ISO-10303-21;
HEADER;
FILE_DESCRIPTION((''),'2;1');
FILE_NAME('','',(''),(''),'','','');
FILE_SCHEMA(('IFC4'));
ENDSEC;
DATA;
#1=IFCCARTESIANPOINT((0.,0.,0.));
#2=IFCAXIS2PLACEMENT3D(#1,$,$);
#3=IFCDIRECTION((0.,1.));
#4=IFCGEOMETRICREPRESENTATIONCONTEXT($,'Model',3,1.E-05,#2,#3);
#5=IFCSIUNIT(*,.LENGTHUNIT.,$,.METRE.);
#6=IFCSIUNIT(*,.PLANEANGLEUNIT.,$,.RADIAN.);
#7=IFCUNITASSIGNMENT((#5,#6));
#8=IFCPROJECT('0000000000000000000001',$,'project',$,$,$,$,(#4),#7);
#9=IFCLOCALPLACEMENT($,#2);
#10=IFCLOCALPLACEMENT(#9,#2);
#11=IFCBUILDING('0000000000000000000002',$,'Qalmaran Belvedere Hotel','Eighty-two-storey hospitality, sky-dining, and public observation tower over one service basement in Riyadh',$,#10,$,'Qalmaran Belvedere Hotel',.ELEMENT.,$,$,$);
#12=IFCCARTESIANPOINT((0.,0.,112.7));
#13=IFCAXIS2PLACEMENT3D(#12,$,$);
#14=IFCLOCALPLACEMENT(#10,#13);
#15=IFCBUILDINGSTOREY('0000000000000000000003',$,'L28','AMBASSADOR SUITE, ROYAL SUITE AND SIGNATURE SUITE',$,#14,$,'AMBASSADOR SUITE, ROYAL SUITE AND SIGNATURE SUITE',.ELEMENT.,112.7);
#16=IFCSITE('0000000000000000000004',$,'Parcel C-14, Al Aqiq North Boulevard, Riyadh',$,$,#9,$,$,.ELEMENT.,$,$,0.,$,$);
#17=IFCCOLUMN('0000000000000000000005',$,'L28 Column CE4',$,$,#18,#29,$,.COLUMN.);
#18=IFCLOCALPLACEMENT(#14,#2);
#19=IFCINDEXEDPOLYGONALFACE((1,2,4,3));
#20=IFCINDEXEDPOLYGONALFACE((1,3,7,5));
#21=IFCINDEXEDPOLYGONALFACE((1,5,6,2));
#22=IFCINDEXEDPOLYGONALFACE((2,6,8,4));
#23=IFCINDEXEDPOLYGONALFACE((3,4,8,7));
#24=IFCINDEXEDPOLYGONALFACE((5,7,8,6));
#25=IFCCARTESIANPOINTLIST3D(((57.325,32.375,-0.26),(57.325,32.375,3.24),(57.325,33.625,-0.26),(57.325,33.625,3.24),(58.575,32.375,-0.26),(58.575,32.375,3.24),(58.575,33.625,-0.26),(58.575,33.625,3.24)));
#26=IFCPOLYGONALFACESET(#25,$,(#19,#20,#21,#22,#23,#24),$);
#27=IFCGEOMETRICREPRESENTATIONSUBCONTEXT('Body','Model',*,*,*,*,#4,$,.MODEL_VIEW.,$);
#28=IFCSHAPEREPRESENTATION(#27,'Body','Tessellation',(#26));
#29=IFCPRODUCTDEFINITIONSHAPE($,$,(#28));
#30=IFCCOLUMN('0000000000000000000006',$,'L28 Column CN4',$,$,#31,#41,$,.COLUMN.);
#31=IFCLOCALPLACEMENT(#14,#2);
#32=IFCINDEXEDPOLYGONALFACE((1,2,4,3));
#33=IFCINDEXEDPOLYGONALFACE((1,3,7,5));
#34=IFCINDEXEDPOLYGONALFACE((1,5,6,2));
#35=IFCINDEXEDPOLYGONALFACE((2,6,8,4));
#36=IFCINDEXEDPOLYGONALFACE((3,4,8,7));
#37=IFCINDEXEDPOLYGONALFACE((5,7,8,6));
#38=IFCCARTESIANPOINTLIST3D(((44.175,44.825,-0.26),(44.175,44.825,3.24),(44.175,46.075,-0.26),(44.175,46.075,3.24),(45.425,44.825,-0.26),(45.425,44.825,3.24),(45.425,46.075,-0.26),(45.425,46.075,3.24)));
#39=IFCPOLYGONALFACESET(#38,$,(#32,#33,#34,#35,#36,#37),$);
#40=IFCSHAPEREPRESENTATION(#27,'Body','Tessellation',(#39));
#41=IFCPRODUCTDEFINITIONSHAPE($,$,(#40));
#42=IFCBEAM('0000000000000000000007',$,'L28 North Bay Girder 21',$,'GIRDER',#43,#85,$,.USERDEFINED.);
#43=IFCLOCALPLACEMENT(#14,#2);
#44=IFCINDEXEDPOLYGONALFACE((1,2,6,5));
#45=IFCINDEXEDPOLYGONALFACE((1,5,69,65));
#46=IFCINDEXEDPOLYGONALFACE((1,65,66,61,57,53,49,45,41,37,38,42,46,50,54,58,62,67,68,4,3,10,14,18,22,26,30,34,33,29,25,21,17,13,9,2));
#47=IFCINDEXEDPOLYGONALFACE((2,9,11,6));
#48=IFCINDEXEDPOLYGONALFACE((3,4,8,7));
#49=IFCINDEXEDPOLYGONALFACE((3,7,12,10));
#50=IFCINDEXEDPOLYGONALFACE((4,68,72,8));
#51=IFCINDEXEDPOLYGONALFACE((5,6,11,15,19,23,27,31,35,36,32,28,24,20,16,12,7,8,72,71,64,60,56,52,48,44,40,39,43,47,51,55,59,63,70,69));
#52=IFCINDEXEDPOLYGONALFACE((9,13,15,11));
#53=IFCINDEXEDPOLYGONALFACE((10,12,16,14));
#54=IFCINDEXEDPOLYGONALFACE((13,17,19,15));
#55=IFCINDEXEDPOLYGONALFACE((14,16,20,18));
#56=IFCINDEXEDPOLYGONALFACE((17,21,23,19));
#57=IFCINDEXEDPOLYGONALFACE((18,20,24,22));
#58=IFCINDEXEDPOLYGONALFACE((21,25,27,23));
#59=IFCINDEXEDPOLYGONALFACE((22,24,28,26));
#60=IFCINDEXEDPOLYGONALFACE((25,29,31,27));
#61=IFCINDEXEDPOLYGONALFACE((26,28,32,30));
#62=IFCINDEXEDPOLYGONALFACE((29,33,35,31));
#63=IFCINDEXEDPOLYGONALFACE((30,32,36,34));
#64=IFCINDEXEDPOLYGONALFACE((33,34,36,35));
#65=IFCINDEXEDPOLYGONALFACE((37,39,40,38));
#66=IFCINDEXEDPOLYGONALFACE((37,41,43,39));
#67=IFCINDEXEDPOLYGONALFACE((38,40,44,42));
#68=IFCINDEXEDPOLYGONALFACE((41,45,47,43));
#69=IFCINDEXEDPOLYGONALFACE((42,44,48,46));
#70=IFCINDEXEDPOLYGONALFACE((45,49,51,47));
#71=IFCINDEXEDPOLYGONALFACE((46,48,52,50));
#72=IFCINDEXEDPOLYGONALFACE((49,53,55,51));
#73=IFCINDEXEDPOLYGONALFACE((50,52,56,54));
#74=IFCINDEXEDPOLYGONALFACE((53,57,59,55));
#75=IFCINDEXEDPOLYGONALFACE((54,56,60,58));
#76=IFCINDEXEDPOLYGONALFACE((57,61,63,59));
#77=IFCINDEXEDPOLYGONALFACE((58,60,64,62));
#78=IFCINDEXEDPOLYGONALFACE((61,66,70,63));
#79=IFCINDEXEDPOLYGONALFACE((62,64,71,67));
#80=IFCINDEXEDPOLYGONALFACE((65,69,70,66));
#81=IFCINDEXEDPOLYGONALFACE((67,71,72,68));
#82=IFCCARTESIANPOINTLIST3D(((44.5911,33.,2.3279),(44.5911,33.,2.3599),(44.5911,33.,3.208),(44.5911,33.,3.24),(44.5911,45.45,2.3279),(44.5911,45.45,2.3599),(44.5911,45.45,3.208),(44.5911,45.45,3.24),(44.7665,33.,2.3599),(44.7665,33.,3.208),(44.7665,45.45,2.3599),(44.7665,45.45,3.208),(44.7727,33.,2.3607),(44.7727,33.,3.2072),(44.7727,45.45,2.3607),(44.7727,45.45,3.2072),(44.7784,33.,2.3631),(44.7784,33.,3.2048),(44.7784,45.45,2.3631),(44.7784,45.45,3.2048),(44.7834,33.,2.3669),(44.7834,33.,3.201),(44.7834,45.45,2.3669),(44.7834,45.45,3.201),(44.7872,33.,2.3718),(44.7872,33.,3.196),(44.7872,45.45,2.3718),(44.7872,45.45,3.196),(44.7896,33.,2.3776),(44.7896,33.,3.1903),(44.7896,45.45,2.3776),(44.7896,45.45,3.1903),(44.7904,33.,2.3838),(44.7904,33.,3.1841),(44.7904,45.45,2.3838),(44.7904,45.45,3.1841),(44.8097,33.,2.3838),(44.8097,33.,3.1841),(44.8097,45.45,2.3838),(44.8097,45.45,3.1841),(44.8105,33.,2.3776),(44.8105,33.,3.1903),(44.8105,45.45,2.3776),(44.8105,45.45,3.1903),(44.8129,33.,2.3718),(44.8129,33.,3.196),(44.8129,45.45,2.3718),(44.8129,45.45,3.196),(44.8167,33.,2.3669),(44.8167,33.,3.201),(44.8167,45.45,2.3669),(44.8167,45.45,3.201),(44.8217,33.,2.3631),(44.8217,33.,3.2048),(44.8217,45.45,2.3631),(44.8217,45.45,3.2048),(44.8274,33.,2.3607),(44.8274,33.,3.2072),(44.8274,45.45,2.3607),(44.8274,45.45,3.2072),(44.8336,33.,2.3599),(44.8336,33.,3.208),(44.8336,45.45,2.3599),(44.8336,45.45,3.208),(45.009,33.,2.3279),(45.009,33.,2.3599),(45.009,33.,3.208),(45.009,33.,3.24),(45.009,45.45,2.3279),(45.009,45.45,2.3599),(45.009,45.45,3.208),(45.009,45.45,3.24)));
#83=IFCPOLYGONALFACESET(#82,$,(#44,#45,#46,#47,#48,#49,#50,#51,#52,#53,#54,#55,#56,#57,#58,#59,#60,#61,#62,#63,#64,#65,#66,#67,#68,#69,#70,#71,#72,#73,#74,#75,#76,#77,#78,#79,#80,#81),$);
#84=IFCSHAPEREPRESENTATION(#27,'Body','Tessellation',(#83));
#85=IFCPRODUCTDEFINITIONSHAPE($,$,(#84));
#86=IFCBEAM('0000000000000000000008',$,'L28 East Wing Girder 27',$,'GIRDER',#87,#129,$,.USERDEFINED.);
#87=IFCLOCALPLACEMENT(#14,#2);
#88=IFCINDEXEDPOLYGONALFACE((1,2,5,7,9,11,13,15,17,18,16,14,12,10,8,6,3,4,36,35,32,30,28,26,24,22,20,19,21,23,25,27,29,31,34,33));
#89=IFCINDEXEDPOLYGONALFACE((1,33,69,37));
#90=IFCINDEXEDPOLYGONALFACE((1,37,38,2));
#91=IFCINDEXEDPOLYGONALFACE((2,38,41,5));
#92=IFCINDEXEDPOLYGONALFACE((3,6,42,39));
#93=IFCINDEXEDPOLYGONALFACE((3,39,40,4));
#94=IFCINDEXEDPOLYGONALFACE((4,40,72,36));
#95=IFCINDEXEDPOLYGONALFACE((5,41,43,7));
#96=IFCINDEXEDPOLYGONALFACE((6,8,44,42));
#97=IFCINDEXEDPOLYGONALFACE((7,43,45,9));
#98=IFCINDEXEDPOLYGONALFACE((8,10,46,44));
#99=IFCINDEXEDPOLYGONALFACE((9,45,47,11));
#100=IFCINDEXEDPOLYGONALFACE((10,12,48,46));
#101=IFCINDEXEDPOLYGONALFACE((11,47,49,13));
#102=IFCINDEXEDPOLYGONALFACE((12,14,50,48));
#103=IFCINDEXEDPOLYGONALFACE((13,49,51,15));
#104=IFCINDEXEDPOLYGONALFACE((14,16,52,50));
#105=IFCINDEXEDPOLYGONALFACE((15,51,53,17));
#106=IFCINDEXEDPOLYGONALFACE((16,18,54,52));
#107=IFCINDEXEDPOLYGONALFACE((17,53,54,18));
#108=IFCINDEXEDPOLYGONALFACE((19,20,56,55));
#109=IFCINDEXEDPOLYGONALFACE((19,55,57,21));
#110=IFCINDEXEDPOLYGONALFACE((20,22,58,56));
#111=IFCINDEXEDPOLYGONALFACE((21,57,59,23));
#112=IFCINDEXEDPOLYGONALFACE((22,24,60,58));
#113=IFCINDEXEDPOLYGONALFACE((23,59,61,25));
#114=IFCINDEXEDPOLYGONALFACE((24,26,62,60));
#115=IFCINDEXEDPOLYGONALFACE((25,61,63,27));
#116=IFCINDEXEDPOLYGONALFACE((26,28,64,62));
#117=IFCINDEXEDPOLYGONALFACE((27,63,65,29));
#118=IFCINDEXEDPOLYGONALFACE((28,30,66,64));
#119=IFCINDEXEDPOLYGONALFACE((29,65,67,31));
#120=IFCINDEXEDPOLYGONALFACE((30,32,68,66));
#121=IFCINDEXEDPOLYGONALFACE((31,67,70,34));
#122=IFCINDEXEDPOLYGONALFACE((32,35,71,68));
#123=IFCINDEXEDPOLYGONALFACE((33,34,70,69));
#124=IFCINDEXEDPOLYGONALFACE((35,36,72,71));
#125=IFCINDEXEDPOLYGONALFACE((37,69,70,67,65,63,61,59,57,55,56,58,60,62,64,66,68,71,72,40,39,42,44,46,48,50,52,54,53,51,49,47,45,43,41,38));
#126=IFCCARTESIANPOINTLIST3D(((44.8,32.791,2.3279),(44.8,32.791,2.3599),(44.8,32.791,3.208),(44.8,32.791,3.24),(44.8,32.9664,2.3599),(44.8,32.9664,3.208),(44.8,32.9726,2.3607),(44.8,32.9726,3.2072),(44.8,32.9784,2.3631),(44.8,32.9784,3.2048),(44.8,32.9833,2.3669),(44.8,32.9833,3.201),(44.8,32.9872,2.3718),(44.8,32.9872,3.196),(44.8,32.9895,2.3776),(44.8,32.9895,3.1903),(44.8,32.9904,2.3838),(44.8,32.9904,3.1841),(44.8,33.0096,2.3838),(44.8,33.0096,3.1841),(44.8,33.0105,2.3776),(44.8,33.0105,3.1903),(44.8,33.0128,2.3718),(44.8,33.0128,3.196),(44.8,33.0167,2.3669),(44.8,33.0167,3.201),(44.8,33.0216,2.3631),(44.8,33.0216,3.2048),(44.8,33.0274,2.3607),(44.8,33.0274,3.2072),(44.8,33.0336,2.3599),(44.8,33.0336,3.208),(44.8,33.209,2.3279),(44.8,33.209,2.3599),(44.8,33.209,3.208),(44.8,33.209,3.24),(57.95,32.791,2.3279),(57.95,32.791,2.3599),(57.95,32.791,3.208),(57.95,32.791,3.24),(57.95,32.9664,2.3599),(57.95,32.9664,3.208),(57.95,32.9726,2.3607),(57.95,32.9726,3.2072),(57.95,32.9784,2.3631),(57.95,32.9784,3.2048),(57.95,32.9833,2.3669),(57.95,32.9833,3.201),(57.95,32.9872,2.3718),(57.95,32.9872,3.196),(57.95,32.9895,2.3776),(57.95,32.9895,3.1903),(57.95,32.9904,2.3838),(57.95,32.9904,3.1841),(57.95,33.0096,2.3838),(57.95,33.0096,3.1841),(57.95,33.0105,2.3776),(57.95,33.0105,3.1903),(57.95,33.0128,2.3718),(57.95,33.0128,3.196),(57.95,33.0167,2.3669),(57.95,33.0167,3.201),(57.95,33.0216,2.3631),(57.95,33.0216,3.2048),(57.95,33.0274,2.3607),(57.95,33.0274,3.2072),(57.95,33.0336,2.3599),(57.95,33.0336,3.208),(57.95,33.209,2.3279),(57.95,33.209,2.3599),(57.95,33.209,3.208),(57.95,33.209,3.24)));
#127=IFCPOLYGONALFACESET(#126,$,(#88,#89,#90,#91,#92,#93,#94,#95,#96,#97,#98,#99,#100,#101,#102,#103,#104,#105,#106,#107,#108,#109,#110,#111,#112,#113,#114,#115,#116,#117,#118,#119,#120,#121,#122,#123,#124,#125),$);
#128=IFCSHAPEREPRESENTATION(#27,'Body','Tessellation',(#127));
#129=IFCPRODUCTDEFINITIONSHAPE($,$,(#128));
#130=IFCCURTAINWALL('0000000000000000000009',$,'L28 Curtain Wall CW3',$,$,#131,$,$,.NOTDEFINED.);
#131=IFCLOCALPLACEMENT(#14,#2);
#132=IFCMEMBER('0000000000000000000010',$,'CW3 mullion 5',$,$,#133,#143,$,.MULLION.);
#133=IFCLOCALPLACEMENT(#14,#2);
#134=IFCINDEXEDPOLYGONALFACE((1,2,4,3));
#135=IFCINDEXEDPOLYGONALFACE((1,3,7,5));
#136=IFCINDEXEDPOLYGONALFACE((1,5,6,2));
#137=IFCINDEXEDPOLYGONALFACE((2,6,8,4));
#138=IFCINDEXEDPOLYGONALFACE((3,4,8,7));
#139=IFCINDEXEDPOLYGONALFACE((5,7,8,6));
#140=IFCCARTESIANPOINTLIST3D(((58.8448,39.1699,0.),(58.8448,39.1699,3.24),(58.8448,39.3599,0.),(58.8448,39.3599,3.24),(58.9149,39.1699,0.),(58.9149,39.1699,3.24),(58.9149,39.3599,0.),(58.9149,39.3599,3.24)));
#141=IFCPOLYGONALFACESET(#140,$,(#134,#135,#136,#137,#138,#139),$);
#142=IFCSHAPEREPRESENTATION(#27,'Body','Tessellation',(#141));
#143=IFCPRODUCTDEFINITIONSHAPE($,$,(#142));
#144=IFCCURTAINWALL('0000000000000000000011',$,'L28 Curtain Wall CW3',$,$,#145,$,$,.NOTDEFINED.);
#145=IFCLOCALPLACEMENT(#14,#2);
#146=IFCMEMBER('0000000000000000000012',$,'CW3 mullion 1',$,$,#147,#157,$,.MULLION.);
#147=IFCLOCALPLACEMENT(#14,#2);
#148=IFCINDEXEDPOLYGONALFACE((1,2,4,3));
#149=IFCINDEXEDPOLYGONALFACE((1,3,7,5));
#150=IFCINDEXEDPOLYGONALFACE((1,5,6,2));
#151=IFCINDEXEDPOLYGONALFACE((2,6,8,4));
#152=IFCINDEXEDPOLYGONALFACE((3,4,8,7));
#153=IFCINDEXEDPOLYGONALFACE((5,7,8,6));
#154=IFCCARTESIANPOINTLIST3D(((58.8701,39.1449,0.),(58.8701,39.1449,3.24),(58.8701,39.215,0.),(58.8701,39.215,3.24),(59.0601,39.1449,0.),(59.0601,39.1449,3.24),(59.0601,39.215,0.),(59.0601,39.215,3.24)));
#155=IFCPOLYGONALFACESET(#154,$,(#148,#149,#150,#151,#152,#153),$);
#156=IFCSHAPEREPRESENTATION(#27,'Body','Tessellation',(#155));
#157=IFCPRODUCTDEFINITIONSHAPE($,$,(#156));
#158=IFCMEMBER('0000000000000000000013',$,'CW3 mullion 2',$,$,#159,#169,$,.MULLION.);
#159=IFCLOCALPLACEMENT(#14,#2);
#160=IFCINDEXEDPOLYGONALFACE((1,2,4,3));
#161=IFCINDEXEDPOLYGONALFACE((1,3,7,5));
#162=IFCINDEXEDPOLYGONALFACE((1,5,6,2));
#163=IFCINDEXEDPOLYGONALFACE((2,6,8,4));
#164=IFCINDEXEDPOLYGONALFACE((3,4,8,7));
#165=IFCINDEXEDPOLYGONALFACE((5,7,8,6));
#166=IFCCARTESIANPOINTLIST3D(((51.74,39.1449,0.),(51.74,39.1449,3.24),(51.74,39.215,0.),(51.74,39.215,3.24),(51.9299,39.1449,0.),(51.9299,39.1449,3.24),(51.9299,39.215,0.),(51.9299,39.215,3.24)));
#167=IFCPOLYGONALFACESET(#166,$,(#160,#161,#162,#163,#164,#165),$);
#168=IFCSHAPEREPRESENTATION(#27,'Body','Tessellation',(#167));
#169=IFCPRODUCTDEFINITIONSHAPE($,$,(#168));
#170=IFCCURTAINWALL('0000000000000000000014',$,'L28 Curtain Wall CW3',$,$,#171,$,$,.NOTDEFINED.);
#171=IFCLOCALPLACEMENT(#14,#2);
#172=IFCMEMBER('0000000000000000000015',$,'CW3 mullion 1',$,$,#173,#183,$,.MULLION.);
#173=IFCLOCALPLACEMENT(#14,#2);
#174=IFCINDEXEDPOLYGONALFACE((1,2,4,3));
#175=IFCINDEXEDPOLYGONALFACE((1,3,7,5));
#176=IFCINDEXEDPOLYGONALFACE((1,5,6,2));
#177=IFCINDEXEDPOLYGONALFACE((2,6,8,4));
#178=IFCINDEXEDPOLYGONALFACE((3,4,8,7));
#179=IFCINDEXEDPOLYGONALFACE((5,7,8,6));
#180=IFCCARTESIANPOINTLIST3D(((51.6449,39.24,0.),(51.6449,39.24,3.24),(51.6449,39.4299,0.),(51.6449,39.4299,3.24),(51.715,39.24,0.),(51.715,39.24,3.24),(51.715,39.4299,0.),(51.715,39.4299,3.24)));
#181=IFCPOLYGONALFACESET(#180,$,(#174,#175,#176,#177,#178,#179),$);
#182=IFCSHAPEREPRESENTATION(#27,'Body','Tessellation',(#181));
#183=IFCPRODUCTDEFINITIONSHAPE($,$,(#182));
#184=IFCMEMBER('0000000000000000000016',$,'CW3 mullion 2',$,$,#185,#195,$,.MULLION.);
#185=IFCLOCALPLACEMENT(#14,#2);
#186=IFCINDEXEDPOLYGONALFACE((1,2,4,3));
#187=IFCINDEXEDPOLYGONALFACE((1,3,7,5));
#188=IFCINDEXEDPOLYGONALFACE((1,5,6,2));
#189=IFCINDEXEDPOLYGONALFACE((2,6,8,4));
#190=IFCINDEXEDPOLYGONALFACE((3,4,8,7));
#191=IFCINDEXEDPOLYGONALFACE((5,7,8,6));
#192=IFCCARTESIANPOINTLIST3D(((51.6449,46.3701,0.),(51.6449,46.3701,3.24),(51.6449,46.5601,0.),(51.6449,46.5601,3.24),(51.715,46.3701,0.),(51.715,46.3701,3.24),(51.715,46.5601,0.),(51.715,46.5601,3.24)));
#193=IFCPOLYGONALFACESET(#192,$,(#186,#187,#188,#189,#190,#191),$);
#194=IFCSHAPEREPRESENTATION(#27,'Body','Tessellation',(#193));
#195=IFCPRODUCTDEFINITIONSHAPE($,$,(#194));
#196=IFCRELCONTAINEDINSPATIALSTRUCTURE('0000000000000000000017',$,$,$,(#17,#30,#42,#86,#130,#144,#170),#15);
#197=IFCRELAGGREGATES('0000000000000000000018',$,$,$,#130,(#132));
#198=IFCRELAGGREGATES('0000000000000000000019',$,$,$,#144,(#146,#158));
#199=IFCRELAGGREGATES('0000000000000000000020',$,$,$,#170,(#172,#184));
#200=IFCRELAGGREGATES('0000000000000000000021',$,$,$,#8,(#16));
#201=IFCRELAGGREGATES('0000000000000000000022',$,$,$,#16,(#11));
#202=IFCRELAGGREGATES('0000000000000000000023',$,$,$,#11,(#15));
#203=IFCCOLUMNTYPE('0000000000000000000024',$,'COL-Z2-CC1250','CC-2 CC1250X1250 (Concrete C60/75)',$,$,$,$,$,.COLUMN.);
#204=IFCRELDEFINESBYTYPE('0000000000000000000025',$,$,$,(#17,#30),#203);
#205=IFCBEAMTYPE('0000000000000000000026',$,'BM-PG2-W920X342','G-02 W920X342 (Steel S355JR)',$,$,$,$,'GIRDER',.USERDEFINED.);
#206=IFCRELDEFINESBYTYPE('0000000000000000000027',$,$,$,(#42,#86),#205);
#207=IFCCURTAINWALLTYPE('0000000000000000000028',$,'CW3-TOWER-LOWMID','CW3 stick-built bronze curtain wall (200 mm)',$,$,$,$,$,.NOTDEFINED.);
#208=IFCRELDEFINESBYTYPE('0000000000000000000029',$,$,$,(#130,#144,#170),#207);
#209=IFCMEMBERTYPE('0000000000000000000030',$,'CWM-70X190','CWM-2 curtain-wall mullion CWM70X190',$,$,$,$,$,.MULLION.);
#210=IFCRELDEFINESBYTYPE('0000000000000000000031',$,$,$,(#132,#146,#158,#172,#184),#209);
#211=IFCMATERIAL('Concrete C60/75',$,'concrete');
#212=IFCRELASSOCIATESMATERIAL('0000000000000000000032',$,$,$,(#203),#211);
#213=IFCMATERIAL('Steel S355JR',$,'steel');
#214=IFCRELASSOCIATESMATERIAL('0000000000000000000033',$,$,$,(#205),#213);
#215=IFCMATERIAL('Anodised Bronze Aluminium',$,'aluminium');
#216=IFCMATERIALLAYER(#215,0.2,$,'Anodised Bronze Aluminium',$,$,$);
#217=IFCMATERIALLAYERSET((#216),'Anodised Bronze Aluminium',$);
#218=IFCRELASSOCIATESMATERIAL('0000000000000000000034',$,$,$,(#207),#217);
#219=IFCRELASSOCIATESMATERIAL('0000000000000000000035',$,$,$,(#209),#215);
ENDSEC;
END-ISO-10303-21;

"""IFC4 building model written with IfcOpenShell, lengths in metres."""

from ifc_helpers import new_model, si_unit, direction, frame, origin, origin_2d, place, context, subcontext, project, spatial, rectangle, i_section, extrude, material, layer, layer_set, material_profile, profile_set, type_object, element, aggregate, save


model = new_model("IFC4")

# Units and contexts
model_context = context("Model", 3, precision=1e-05, world=origin(), true_north=direction((0.0, 1.0)))
body_context = subcontext(model_context, "Body", "Model", "MODEL_VIEW")
ifc_project = project(units=[si_unit("LENGTHUNIT", "METRE"), si_unit("PLANEANGLEUNIT", "RADIAN")], contexts=[model_context])

# Site, building, storey
site_placement = place(None, origin())
site = spatial("IfcSite", under=ifc_project, at=site_placement, Name="Parcel C-14, Al Aqiq North Boulevard, Riyadh", CompositionType="ELEMENT", RefElevation=0.0)
building_placement = place(site_placement, origin())
building = spatial("IfcBuilding", under=site, at=building_placement, Name="Qalmaran Belvedere Hotel", Description="Eighty-two-storey hospitality, sky-dining, and public observation tower over one service basement in Riyadh", LongName="Qalmaran Belvedere Hotel", CompositionType="ELEMENT")
storey_placement = place(building_placement, frame((0.0, 0.0, 112.7)))
storey = spatial("IfcBuildingStorey", under=building, at=storey_placement, Name="L28", Description="AMBASSADOR SUITE, ROYAL SUITE AND SIGNATURE SUITE", LongName="AMBASSADOR SUITE, ROYAL SUITE AND SIGNATURE SUITE", CompositionType="ELEMENT", Elevation=112.7)

# Columns
ifc_material_1 = material(Name="Concrete C60/75", Category="concrete")
ifc_material_profile_1 = material_profile(ifc_material_1, rectangle(XDim=1.25, YDim=1.25, at=origin_2d()), Name="CC1250X1250")
ifc_profile_set_1 = profile_set([ifc_material_profile_1], Name="Concrete C60/75")
column_type = type_object("IfcColumnType", Name="COL-Z2-CC1250", Description="CC-2 CC1250X1250 (Concrete C60/75)", PredefinedType="COLUMN", material=ifc_profile_set_1)
for number, where, z_axis, x_axis, name in (
    (1, (57.95, 33.0, -0.26), (0.0, 0.0, 1.0), (1.0, 0.0, 0.0), "L28 Column CE4"),
    (2, (44.8, 45.45, -0.26), (0.0, 0.0, 1.0), (1.0, 0.0, 0.0), "L28 Column CN4"),
):
    element("IfcColumn", number, at=place(storey_placement, frame(where, z_axis=z_axis, x_axis=x_axis)), inside=storey, type_object=column_type, Name=name, PredefinedType="COLUMN", context=body_context, shape_type="SweptSolid", body=[
        extrude(rectangle(XDim=1.25, YDim=1.25, at=origin_2d()), origin(), (0.0, 0.0, 1.0), 3.5),
    ])

# Beams
ifc_material_2 = material(Name="Steel S355JR", Category="steel")
ifc_material_profile_2 = material_profile(ifc_material_2, i_section(OverallWidth=0.418, OverallDepth=0.9121, WebThickness=0.0193, FlangeThickness=0.032, FilletRadius=0.0239, at=origin_2d()), Name="W920X342")
ifc_profile_set_2 = profile_set([ifc_material_profile_2], Name="Steel S355JR")
beam_type = type_object("IfcBeamType", Name="BM-PG2-W920X342", Description="G-02 W920X342 (Steel S355JR)", ElementType="GIRDER", PredefinedType="USERDEFINED", material=ifc_profile_set_2)
beam_1_placement = place(storey_placement, frame((44.8, 33.0, 2.7839), z_axis=(0.0, 1.0, 0.0), x_axis=(-1.0, 0.0, 0.0)))
element("IfcBeam", 3, at=beam_1_placement, inside=storey, type_object=beam_type, Name="L28 North Bay Girder 21", ObjectType="GIRDER", PredefinedType="USERDEFINED", context=body_context, shape_type="SweptSolid", body=[
    extrude(i_section(OverallWidth=0.418, OverallDepth=0.9121, WebThickness=0.0193, FlangeThickness=0.032, FilletRadius=0.0239, at=origin_2d()), origin(), (0.0, 0.0, 1.0), 12.45),
])
beam_2_placement = place(storey_placement, frame((44.8, 33.0, 2.7839), z_axis=(1.0, 0.0, 0.0), x_axis=(0.0, 1.0, 0.0)))
element("IfcBeam", 4, at=beam_2_placement, inside=storey, type_object=beam_type, Name="L28 East Wing Girder 27", ObjectType="GIRDER", PredefinedType="USERDEFINED", context=body_context, shape_type="SweptSolid", body=[
    extrude(i_section(OverallWidth=0.418, OverallDepth=0.9121, WebThickness=0.0193, FlangeThickness=0.032, FilletRadius=0.0239, at=origin_2d()), origin(), (0.0, 0.0, 1.0), 13.1499),
])

# Curtain wall, member
ifc_material_3 = material(Name="Anodised Bronze Aluminium", Category="aluminium")
ifc_layer_1 = layer(ifc_material_3, 0.2, Name="Anodised Bronze Aluminium")
ifc_layer_set_1 = layer_set([ifc_layer_1], Name="Anodised Bronze Aluminium")
curtain_wall_type = type_object("IfcCurtainWallType", Name="CW3-TOWER-LOWMID", Description="CW3 stick-built bronze curtain wall (200 mm)", PredefinedType="NOTDEFINED", material=ifc_layer_set_1)
curtain_wall_1_placement = place(storey_placement, origin())
curtain_wall_1 = element("IfcCurtainWall", 5, at=curtain_wall_1_placement, inside=storey, type_object=curtain_wall_type, Name="L28 Curtain Wall CW3", PredefinedType="NOTDEFINED")
ifc_material_profile_3 = material_profile(ifc_material_3, rectangle(XDim=0.0701, YDim=0.1899, at=origin_2d()), Name="CWM70X190")
ifc_profile_set_3 = profile_set([ifc_material_profile_3], Name="Anodised Bronze Aluminium")
member_type_1 = type_object("IfcMemberType", Name="CWM-70X190", Description="CWM-2 curtain-wall mullion CWM70X190", PredefinedType="MULLION", material=ifc_profile_set_3)
member_1_placement = place(storey_placement, frame((58.8799, 39.2649, 0.0), z_axis=(0.0, 0.0, 1.0), x_axis=(-1.0, 0.0, 0.0)))
member_1 = element("IfcMember", 6, at=member_1_placement, type_object=member_type_1, Name="CW3 mullion 5", PredefinedType="MULLION", context=body_context, shape_type="SweptSolid", body=[
    extrude(rectangle(XDim=0.0701, YDim=0.1899, at=origin_2d()), origin(), (0.0, 0.0, 1.0), 3.24),
])

# Curtain walls, members
curtain_wall_2_placement = place(storey_placement, origin())
curtain_wall_2 = element("IfcCurtainWall", 7, at=curtain_wall_2_placement, inside=storey, type_object=curtain_wall_type, Name="L28 Curtain Wall CW3", PredefinedType="NOTDEFINED")
member_2_placement = place(storey_placement, frame((58.9651, 39.1799, 0.0), z_axis=(0.0, 0.0, 1.0), x_axis=(0.0, -1.0, 0.0)))
member_2 = element("IfcMember", 8, at=member_2_placement, type_object=member_type_1, Name="CW3 mullion 1", PredefinedType="MULLION", context=body_context, shape_type="SweptSolid", body=[
    extrude(rectangle(XDim=0.0701, YDim=0.1899, at=origin_2d()), origin(), (0.0, 0.0, 1.0), 3.24),
])
member_3_placement = place(storey_placement, frame((51.835, 39.1799, 0.0), z_axis=(0.0, 0.0, 1.0), x_axis=(0.0, -1.0, 0.0)))
member_3 = element("IfcMember", 9, at=member_3_placement, type_object=member_type_1, Name="CW3 mullion 2", PredefinedType="MULLION", context=body_context, shape_type="SweptSolid", body=[
    extrude(rectangle(XDim=0.0701, YDim=0.1899, at=origin_2d()), origin(), (0.0, 0.0, 1.0), 3.24),
])
curtain_wall_3_placement = place(storey_placement, origin())
curtain_wall_3 = element("IfcCurtainWall", 10, at=curtain_wall_3_placement, inside=storey, type_object=curtain_wall_type, Name="L28 Curtain Wall CW3", PredefinedType="NOTDEFINED")
member_4_placement = place(storey_placement, frame((51.6799, 39.335, 0.0), z_axis=(0.0, 0.0, 1.0), x_axis=(-1.0, 0.0, 0.0)))
member_4 = element("IfcMember", 11, at=member_4_placement, type_object=member_type_1, Name="CW3 mullion 1", PredefinedType="MULLION", context=body_context, shape_type="SweptSolid", body=[
    extrude(rectangle(XDim=0.0701, YDim=0.1899, at=origin_2d()), origin(), (0.0, 0.0, 1.0), 3.24),
])
member_5_placement = place(storey_placement, frame((51.6799, 46.4651, 0.0), z_axis=(0.0, 0.0, 1.0), x_axis=(-1.0, 0.0, 0.0)))
member_5 = element("IfcMember", 12, at=member_5_placement, type_object=member_type_1, Name="CW3 mullion 2", PredefinedType="MULLION", context=body_context, shape_type="SweptSolid", body=[
    extrude(rectangle(XDim=0.0701, YDim=0.1899, at=origin_2d()), origin(), (0.0, 0.0, 1.0), 3.24),
])

aggregate(curtain_wall_1, [member_1])
aggregate(curtain_wall_2, [member_2, member_3])
aggregate(curtain_wall_3, [member_4, member_5])

save(model, "model.ifc")
